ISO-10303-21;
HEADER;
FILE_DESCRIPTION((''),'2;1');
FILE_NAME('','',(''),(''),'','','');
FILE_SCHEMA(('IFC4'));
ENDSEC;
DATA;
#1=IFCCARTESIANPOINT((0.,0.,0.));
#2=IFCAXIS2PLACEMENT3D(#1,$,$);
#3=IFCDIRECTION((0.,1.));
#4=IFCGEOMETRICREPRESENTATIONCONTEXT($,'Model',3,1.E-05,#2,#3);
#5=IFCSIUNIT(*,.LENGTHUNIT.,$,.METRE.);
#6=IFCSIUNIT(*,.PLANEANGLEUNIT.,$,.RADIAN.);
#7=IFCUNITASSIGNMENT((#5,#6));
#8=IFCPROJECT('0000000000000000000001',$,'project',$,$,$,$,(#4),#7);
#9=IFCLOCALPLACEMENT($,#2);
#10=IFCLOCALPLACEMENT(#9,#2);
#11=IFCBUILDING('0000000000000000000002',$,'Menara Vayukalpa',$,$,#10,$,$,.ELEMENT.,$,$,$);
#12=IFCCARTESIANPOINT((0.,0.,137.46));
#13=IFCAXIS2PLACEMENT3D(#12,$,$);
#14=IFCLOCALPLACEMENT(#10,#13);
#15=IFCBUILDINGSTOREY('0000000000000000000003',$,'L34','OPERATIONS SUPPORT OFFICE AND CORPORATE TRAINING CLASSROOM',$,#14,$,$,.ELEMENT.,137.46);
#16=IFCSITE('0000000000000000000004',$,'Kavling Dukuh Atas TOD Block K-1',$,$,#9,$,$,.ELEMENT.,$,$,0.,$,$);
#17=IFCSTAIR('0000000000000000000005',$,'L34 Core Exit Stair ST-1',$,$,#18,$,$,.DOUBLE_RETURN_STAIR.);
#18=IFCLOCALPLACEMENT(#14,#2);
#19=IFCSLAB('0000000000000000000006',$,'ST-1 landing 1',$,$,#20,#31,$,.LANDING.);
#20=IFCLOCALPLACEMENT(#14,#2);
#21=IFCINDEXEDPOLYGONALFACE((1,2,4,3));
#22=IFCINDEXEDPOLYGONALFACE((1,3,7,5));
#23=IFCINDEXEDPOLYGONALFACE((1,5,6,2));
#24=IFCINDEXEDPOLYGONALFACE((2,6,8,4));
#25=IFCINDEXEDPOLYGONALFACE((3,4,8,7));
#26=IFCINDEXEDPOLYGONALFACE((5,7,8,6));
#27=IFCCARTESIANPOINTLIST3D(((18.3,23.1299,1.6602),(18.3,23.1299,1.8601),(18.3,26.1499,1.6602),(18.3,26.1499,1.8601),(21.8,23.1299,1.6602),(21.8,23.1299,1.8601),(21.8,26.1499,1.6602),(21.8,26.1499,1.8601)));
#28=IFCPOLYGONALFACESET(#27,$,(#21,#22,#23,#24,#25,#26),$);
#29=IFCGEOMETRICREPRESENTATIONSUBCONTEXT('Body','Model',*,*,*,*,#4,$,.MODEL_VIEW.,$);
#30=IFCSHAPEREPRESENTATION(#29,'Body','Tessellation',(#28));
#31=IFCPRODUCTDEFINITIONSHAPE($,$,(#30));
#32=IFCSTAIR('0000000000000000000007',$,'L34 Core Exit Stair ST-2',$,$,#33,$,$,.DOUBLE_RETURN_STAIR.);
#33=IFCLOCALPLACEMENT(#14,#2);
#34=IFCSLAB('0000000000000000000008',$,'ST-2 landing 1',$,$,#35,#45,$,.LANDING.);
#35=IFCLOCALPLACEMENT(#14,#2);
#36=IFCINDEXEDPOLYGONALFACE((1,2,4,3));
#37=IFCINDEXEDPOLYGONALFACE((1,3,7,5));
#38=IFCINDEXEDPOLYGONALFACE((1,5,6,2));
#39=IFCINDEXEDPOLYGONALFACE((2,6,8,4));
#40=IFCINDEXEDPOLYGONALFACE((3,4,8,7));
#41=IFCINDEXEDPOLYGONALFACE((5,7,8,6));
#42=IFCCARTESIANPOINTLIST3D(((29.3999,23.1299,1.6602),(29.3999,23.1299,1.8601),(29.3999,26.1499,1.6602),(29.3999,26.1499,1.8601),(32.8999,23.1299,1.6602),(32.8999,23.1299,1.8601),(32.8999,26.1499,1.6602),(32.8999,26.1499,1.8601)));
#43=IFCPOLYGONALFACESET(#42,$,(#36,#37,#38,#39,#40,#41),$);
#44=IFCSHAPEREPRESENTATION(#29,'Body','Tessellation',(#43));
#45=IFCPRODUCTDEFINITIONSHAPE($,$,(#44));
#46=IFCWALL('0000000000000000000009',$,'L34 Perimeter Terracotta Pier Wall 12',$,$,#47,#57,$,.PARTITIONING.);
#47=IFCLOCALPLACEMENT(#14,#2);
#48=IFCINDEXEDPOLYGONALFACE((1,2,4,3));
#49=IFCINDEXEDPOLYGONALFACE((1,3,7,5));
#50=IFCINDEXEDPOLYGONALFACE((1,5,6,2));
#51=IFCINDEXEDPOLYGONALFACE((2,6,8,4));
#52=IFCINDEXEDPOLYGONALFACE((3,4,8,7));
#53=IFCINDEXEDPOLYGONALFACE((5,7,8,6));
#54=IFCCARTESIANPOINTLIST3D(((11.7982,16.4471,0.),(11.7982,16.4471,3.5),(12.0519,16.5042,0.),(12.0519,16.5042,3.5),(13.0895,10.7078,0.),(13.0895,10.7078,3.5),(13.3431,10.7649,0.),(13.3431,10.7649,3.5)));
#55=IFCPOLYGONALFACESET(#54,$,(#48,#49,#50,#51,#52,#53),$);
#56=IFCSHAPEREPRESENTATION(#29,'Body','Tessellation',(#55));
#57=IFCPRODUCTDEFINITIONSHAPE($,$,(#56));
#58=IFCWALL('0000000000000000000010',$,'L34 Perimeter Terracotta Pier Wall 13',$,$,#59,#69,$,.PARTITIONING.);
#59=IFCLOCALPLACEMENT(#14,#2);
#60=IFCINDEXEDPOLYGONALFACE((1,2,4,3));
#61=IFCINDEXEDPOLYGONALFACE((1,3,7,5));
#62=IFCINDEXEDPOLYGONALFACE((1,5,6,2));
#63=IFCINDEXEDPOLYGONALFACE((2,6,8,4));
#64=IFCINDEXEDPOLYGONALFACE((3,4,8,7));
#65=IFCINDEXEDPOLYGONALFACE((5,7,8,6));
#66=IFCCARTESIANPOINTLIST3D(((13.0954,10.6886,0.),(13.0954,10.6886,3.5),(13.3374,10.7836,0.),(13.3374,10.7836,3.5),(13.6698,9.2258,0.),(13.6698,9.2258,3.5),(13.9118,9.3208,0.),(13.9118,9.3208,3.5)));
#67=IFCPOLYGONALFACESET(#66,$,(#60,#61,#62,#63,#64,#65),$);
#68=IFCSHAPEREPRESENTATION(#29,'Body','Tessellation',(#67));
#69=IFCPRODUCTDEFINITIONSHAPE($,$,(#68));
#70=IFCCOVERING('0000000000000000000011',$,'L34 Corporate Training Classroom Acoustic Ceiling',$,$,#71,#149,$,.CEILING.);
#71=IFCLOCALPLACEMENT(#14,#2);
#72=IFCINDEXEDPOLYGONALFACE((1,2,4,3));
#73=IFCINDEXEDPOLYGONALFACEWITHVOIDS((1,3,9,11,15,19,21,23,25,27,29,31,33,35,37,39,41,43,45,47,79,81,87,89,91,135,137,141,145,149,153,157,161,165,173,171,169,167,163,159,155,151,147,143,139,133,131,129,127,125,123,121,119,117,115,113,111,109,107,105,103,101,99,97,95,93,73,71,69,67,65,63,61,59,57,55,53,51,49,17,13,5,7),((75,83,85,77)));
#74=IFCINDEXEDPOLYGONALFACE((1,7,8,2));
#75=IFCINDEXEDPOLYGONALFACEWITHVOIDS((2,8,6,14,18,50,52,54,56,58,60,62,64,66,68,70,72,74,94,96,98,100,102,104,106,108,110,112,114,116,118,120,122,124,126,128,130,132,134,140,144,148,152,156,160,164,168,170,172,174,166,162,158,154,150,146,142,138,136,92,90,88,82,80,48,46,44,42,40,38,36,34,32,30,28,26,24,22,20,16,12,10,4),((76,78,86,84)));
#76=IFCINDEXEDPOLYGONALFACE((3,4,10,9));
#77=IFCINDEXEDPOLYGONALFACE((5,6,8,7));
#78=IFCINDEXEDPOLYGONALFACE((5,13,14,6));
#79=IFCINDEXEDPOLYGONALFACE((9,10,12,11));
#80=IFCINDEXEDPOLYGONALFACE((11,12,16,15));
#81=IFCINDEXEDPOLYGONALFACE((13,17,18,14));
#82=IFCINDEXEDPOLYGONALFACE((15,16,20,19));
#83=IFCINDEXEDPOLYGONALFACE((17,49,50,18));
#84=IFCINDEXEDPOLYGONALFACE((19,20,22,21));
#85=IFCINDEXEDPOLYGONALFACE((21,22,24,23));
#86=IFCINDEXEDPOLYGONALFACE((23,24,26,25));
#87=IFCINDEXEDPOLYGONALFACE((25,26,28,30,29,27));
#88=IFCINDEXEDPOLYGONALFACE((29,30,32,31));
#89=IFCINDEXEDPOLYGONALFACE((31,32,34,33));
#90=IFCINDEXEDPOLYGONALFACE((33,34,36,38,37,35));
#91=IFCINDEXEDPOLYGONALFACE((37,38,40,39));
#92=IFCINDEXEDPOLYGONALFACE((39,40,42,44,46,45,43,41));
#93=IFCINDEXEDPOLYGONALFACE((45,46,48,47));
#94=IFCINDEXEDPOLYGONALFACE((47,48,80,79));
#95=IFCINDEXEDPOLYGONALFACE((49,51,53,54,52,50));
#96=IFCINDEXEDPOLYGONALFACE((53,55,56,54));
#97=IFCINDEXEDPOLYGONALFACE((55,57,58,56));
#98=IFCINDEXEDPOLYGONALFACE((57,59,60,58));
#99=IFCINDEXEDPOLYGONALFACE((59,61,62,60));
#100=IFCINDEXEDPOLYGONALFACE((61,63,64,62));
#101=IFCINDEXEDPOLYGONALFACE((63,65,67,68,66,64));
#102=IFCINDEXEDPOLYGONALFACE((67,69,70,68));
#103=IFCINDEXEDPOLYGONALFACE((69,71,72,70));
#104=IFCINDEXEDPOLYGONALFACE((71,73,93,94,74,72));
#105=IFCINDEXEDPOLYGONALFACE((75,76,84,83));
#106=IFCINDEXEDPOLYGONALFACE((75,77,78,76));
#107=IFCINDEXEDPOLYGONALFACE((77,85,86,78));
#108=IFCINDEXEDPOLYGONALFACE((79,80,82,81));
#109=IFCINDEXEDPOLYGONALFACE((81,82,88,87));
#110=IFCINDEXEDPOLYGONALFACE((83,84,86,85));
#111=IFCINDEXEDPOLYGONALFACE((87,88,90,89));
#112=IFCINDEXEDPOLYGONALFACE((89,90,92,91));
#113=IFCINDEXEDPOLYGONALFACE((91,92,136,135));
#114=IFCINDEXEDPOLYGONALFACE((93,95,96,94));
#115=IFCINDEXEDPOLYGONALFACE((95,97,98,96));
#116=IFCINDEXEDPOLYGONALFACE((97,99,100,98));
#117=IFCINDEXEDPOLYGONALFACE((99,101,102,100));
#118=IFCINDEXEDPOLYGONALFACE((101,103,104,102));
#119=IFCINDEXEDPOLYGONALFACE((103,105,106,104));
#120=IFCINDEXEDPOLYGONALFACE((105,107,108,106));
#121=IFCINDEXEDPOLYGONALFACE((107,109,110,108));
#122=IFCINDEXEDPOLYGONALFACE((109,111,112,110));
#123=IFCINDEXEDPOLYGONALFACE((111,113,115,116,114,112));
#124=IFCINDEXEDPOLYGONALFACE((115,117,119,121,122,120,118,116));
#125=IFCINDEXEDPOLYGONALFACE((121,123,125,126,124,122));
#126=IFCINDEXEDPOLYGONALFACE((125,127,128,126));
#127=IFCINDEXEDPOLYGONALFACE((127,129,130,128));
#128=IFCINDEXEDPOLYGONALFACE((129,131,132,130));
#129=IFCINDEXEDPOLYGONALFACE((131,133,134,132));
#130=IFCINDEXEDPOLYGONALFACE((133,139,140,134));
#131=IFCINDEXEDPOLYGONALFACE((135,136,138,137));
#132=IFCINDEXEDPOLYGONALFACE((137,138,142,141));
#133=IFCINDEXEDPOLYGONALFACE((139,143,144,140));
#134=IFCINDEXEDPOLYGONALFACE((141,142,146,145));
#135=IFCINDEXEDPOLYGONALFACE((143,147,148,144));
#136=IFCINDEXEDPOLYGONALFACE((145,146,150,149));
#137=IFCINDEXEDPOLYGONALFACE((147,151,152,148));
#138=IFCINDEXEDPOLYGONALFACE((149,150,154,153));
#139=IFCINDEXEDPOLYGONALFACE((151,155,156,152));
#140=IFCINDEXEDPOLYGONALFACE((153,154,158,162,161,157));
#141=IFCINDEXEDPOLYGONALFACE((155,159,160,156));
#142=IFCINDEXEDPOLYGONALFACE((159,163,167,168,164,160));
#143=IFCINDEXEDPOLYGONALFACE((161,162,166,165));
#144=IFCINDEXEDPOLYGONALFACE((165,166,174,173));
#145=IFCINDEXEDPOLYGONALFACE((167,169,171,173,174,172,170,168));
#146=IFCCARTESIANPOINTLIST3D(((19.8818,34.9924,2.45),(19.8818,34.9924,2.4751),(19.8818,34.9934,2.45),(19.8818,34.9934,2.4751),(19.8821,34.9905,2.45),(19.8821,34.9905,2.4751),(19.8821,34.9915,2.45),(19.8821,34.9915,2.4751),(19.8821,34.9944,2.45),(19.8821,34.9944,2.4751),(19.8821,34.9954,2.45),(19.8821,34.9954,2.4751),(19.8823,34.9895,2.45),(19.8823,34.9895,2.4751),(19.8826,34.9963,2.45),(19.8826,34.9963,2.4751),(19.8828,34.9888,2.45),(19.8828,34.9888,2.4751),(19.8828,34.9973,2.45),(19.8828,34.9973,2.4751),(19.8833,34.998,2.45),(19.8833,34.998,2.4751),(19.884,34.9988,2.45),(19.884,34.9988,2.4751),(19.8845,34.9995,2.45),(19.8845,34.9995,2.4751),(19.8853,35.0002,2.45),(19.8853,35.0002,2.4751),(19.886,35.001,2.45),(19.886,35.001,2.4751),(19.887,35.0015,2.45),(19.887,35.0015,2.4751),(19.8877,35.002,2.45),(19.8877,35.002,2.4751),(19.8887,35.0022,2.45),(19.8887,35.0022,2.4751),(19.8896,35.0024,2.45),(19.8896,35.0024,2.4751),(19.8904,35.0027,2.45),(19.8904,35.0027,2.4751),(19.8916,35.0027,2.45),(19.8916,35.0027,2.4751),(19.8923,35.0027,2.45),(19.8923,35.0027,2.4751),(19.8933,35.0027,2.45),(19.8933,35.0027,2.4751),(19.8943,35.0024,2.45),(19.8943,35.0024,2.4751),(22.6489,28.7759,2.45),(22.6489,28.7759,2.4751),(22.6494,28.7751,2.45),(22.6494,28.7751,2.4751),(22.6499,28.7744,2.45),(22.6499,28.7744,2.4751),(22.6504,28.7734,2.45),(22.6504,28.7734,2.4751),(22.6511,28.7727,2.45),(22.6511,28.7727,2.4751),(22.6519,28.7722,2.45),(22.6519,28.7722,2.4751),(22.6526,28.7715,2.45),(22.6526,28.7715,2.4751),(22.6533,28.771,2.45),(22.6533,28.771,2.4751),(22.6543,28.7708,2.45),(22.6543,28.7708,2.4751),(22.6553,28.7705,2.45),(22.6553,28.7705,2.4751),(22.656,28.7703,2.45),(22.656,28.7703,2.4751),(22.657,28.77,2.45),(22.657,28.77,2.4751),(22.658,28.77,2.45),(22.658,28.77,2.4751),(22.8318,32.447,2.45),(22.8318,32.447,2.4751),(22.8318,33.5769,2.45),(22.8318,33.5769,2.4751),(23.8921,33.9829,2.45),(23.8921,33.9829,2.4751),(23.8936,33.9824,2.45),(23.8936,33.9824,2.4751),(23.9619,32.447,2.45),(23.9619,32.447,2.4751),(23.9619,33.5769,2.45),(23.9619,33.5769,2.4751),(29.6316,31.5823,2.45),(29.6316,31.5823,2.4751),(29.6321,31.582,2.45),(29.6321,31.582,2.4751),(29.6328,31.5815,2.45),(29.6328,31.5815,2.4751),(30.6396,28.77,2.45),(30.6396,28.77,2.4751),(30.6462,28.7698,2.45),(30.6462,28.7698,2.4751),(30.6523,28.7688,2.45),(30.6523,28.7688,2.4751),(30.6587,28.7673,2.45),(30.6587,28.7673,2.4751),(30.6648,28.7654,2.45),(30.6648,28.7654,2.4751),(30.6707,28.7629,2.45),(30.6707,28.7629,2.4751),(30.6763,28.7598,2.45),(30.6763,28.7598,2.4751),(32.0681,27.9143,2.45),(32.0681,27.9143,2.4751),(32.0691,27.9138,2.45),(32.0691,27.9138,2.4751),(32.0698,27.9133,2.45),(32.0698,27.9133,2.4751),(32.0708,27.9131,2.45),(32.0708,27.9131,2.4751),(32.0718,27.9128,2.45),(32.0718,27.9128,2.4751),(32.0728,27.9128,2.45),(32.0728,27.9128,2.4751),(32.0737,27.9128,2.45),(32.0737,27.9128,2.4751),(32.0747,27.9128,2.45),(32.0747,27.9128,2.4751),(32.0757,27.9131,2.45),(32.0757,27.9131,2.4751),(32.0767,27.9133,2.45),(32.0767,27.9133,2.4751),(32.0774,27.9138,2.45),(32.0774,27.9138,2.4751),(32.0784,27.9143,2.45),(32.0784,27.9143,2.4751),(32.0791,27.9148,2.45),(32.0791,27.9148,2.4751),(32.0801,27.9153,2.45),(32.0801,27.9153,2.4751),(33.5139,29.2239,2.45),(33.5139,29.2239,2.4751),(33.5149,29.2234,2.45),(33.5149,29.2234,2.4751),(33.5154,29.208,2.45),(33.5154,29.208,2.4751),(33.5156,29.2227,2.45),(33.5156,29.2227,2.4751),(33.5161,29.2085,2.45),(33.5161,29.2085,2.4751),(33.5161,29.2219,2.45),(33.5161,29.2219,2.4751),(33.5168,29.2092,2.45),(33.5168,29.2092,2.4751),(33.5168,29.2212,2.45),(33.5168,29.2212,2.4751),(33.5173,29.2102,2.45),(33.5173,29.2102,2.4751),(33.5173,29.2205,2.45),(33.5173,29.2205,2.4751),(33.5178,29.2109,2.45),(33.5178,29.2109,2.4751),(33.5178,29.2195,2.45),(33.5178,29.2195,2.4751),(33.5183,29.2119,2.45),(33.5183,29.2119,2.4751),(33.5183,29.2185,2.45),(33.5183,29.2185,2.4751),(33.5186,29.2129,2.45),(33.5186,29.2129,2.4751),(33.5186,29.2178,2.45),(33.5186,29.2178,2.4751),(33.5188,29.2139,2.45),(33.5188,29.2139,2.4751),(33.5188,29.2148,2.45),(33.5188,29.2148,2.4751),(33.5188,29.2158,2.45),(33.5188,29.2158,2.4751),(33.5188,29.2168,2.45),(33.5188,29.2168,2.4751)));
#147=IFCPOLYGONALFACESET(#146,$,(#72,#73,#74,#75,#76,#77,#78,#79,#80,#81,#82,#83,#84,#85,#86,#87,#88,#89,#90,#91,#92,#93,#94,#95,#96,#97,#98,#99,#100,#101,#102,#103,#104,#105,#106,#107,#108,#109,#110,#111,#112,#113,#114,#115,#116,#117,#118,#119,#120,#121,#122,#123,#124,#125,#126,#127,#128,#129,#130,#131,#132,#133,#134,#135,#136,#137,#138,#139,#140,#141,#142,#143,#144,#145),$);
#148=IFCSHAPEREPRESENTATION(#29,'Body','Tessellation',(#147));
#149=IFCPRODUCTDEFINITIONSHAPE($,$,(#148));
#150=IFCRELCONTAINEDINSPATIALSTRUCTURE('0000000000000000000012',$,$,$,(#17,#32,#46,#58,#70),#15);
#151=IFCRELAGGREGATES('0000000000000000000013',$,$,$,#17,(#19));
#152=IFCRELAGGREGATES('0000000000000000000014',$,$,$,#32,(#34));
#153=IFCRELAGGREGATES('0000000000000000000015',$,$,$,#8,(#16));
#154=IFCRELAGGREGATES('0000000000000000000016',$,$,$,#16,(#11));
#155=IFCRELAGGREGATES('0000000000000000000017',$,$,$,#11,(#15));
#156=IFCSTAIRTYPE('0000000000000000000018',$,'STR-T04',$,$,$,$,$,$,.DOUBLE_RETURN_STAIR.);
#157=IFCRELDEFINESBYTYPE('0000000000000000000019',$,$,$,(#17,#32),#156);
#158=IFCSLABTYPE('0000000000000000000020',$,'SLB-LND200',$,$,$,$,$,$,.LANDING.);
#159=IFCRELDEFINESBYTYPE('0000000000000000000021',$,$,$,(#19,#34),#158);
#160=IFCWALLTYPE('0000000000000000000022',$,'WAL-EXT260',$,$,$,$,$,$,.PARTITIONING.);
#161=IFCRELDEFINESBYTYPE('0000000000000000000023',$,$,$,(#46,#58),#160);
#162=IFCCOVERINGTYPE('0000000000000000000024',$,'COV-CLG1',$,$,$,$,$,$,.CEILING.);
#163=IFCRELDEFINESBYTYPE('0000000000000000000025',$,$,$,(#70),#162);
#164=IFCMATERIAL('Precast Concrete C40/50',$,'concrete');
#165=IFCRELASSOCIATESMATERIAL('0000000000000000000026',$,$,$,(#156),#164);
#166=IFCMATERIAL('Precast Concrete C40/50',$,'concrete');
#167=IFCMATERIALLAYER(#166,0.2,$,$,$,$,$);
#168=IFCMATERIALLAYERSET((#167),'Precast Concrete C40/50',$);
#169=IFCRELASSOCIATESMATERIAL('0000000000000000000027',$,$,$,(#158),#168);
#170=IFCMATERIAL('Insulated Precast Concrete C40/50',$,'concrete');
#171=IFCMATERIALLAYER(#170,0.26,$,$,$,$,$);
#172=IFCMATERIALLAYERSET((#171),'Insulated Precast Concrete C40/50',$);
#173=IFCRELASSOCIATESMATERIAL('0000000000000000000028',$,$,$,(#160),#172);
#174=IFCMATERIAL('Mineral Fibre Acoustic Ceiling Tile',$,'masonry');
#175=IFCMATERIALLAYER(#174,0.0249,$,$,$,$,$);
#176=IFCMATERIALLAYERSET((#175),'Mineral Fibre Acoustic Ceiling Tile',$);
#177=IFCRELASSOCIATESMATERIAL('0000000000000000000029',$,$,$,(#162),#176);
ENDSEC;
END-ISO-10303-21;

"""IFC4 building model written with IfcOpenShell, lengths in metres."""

from ifc_helpers import new_model, si_unit, direction, frame, frame_2d, origin, place, context, subcontext, project, spatial, polyline, rectangle, outline, extrude, material, layer, layer_set, type_object, element, aggregate, save


model = new_model("IFC4")

# Units and contexts
model_context = context("Model", 3, precision=1e-05, world=origin(), true_north=direction((0.0, 1.0)))
body_context = subcontext(model_context, "Body", "Model", "MODEL_VIEW")
ifc_project = project(units=[si_unit("LENGTHUNIT", "METRE"), si_unit("PLANEANGLEUNIT", "RADIAN")], contexts=[model_context])

# Site, building, storey
site_placement = place(None, origin())
site = spatial("IfcSite", under=ifc_project, at=site_placement, Name="Kavling Dukuh Atas TOD Block K-1", CompositionType="ELEMENT", RefElevation=0.0)
building_placement = place(site_placement, origin())
building = spatial("IfcBuilding", under=site, at=building_placement, Name="Menara Vayukalpa", CompositionType="ELEMENT")
storey_placement = place(building_placement, frame((0.0, 0.0, 137.46)))
storey = spatial("IfcBuildingStorey", under=building, at=storey_placement, Name="L34", Description="OPERATIONS SUPPORT OFFICE AND CORPORATE TRAINING CLASSROOM", CompositionType="ELEMENT", Elevation=137.46)

# Stairs, slabs
ifc_material_1 = material(Name="Precast Concrete C40/50", Category="concrete")
stair_type = type_object("IfcStairType", Name="STR-T04", PredefinedType="DOUBLE_RETURN_STAIR", material=ifc_material_1)
stair_1_placement = place(storey_placement, origin())
stair_1 = element("IfcStair", 1, at=stair_1_placement, inside=storey, type_object=stair_type, Name="L34 Core Exit Stair ST-1", PredefinedType="DOUBLE_RETURN_STAIR")
ifc_material_2 = material(Name="Precast Concrete C40/50", Category="concrete")
ifc_layer_1 = layer(ifc_material_2, 0.2)
ifc_layer_set_1 = layer_set([ifc_layer_1], Name="Precast Concrete C40/50")
slab_type_1 = type_object("IfcSlabType", Name="SLB-LND200", PredefinedType="LANDING", material=ifc_layer_set_1)
slab_1_placement = place(storey_placement, frame((0.0, 0.0, 1.6602)))
slab_1 = element("IfcSlab", 2, at=slab_1_placement, type_object=slab_type_1, Name="ST-1 landing 1", PredefinedType="LANDING", context=body_context, shape_type="SweptSolid", body=[
    extrude(outline(polyline([(21.8, 23.1299), (21.8, 26.1499), (18.3, 26.1499), (18.3, 23.1299), (21.8, 23.1299)])), origin(), (0.0, 0.0, 1.0), 0.2),
])
aggregate(stair_1, [slab_1])
stair_2_placement = place(storey_placement, origin())
stair_2 = element("IfcStair", 3, at=stair_2_placement, inside=storey, type_object=stair_type, Name="L34 Core Exit Stair ST-2", PredefinedType="DOUBLE_RETURN_STAIR")
slab_2_placement = place(storey_placement, frame((0.0, 0.0, 1.6602)))
slab_2 = element("IfcSlab", 4, at=slab_2_placement, type_object=slab_type_1, Name="ST-2 landing 1", PredefinedType="LANDING", context=body_context, shape_type="SweptSolid", body=[
    extrude(outline(polyline([(32.8999, 23.1299), (32.8999, 26.1499), (29.3999, 26.1499), (29.3999, 23.1299), (32.8999, 23.1299)])), origin(), (0.0, 0.0, 1.0), 0.2),
])
aggregate(stair_2, [slab_2])

# Walls
ifc_material_3 = material(Name="Insulated Precast Concrete C40/50", Category="concrete")
ifc_layer_2 = layer(ifc_material_3, 0.26)
ifc_layer_set_2 = layer_set([ifc_layer_2], Name="Insulated Precast Concrete C40/50")
wall_type = type_object("IfcWallType", Name="WAL-EXT260", PredefinedType="PARTITIONING", material=ifc_layer_set_2)
wall_1_placement = place(storey_placement, frame((13.2163, 10.7363, 0.0), z_axis=(0.0, 0.0, 1.0), x_axis=(-0.2195, 0.975612, 0.0)))
element("IfcWall", 5, at=wall_1_placement, inside=storey, type_object=wall_type, Name="L34 Perimeter Terracotta Pier Wall 12", PredefinedType="PARTITIONING", context=body_context, shape_type="SweptSolid", body=[
    extrude(rectangle(XDim=5.8828, YDim=0.26, at=frame_2d((2.9414, 0.0))), origin(), (0.0, 0.0, 1.0), 3.5),
])
wall_2_placement = place(storey_placement, frame((13.7908, 9.2734, 0.0), z_axis=(0.0, 0.0, 1.0), x_axis=(-0.365518, 0.930804, 0.0)))
element("IfcWall", 6, at=wall_2_placement, inside=storey, type_object=wall_type, Name="L34 Perimeter Terracotta Pier Wall 13", PredefinedType="PARTITIONING", context=body_context, shape_type="SweptSolid", body=[
    extrude(rectangle(XDim=1.5715, YDim=0.26, at=frame_2d((0.7856, 0.0))), origin(), (0.0, 0.0, 1.0), 3.5),
])

# Covering
ifc_material_4 = material(Name="Mineral Fibre Acoustic Ceiling Tile", Category="masonry")
ifc_layer_3 = layer(ifc_material_4, 0.0249)
ifc_layer_set_3 = layer_set([ifc_layer_3], Name="Mineral Fibre Acoustic Ceiling Tile")
covering_type_1 = type_object("IfcCoveringType", Name="COV-CLG1", PredefinedType="CEILING", material=ifc_layer_set_3)
covering_1_placement = place(storey_placement, frame((0.0, 0.0, 2.45)))
element("IfcCovering", 7, at=covering_1_placement, inside=storey, type_object=covering_type_1, Name="L34 Corporate Training Classroom Acoustic Ceiling", PredefinedType="CEILING", context=body_context, shape_type="SweptSolid", body=[
    extrude(outline(polyline([(29.6316, 31.5823), (29.6321, 31.582), (29.6328, 31.5815), (33.5139, 29.2239), (33.5149, 29.2234), (33.5156, 29.2227), (33.5161, 29.2219), (33.5168, 29.2212), (33.5173, 29.2205), (33.5178, 29.2195), (33.5183, 29.2185), (33.5186, 29.2178), (33.5188, 29.2168), (33.5188, 29.2158), (33.5188, 29.2148), (33.5188, 29.2139), (33.5186, 29.2129), (33.5183, 29.2119), (33.5178, 29.2109), (33.5173, 29.2102), (33.5168, 29.2092), (33.5161, 29.2085), (33.5154, 29.208), (32.0801, 27.9153), (32.0791, 27.9148), (32.0784, 27.9143), (32.0774, 27.9138), (32.0767, 27.9133), (32.0757, 27.9131), (32.0747, 27.9128), (32.0737, 27.9128), (32.0728, 27.9128), (32.0718, 27.9128), (32.0708, 27.9131), (32.0698, 27.9133), (32.0691, 27.9138), (32.0681, 27.9143), (30.6763, 28.7598), (30.6707, 28.7629), (30.6648, 28.7654), (30.6587, 28.7673), (30.6523, 28.7688), (30.6462, 28.7698), (30.6396, 28.77), (22.658, 28.77), (22.657, 28.77), (22.656, 28.7703), (22.6553, 28.7705), (22.6543, 28.7708), (22.6533, 28.771), (22.6526, 28.7715), (22.6519, 28.7722), (22.6511, 28.7727), (22.6504, 28.7734), (22.6499, 28.7744), (22.6494, 28.7751), (22.6489, 28.7759), (19.8828, 34.9888), (19.8823, 34.9895), (19.8821, 34.9905), (19.8821, 34.9915), (19.8818, 34.9924), (19.8818, 34.9934), (19.8821, 34.9944), (19.8821, 34.9954), (19.8826, 34.9963), (19.8828, 34.9973), (19.8833, 34.998), (19.884, 34.9988), (19.8845, 34.9995), (19.8853, 35.0002), (19.886, 35.001), (19.887, 35.0015), (19.8877, 35.002), (19.8887, 35.0022), (19.8896, 35.0024), (19.8904, 35.0027), (19.8916, 35.0027), (19.8923, 35.0027), (19.8933, 35.0027), (19.8943, 35.0024), (23.8921, 33.9829), (23.8936, 33.9824), (29.6316, 31.5823)]), holes=[polyline([(23.9619, 33.5769), (22.8318, 33.5769), (22.8318, 32.447), (23.9619, 32.447), (23.9619, 33.5769)])]), origin(), (0.0, 0.0, 1.0), 0.0251),
])

save(model, "model.ifc")
